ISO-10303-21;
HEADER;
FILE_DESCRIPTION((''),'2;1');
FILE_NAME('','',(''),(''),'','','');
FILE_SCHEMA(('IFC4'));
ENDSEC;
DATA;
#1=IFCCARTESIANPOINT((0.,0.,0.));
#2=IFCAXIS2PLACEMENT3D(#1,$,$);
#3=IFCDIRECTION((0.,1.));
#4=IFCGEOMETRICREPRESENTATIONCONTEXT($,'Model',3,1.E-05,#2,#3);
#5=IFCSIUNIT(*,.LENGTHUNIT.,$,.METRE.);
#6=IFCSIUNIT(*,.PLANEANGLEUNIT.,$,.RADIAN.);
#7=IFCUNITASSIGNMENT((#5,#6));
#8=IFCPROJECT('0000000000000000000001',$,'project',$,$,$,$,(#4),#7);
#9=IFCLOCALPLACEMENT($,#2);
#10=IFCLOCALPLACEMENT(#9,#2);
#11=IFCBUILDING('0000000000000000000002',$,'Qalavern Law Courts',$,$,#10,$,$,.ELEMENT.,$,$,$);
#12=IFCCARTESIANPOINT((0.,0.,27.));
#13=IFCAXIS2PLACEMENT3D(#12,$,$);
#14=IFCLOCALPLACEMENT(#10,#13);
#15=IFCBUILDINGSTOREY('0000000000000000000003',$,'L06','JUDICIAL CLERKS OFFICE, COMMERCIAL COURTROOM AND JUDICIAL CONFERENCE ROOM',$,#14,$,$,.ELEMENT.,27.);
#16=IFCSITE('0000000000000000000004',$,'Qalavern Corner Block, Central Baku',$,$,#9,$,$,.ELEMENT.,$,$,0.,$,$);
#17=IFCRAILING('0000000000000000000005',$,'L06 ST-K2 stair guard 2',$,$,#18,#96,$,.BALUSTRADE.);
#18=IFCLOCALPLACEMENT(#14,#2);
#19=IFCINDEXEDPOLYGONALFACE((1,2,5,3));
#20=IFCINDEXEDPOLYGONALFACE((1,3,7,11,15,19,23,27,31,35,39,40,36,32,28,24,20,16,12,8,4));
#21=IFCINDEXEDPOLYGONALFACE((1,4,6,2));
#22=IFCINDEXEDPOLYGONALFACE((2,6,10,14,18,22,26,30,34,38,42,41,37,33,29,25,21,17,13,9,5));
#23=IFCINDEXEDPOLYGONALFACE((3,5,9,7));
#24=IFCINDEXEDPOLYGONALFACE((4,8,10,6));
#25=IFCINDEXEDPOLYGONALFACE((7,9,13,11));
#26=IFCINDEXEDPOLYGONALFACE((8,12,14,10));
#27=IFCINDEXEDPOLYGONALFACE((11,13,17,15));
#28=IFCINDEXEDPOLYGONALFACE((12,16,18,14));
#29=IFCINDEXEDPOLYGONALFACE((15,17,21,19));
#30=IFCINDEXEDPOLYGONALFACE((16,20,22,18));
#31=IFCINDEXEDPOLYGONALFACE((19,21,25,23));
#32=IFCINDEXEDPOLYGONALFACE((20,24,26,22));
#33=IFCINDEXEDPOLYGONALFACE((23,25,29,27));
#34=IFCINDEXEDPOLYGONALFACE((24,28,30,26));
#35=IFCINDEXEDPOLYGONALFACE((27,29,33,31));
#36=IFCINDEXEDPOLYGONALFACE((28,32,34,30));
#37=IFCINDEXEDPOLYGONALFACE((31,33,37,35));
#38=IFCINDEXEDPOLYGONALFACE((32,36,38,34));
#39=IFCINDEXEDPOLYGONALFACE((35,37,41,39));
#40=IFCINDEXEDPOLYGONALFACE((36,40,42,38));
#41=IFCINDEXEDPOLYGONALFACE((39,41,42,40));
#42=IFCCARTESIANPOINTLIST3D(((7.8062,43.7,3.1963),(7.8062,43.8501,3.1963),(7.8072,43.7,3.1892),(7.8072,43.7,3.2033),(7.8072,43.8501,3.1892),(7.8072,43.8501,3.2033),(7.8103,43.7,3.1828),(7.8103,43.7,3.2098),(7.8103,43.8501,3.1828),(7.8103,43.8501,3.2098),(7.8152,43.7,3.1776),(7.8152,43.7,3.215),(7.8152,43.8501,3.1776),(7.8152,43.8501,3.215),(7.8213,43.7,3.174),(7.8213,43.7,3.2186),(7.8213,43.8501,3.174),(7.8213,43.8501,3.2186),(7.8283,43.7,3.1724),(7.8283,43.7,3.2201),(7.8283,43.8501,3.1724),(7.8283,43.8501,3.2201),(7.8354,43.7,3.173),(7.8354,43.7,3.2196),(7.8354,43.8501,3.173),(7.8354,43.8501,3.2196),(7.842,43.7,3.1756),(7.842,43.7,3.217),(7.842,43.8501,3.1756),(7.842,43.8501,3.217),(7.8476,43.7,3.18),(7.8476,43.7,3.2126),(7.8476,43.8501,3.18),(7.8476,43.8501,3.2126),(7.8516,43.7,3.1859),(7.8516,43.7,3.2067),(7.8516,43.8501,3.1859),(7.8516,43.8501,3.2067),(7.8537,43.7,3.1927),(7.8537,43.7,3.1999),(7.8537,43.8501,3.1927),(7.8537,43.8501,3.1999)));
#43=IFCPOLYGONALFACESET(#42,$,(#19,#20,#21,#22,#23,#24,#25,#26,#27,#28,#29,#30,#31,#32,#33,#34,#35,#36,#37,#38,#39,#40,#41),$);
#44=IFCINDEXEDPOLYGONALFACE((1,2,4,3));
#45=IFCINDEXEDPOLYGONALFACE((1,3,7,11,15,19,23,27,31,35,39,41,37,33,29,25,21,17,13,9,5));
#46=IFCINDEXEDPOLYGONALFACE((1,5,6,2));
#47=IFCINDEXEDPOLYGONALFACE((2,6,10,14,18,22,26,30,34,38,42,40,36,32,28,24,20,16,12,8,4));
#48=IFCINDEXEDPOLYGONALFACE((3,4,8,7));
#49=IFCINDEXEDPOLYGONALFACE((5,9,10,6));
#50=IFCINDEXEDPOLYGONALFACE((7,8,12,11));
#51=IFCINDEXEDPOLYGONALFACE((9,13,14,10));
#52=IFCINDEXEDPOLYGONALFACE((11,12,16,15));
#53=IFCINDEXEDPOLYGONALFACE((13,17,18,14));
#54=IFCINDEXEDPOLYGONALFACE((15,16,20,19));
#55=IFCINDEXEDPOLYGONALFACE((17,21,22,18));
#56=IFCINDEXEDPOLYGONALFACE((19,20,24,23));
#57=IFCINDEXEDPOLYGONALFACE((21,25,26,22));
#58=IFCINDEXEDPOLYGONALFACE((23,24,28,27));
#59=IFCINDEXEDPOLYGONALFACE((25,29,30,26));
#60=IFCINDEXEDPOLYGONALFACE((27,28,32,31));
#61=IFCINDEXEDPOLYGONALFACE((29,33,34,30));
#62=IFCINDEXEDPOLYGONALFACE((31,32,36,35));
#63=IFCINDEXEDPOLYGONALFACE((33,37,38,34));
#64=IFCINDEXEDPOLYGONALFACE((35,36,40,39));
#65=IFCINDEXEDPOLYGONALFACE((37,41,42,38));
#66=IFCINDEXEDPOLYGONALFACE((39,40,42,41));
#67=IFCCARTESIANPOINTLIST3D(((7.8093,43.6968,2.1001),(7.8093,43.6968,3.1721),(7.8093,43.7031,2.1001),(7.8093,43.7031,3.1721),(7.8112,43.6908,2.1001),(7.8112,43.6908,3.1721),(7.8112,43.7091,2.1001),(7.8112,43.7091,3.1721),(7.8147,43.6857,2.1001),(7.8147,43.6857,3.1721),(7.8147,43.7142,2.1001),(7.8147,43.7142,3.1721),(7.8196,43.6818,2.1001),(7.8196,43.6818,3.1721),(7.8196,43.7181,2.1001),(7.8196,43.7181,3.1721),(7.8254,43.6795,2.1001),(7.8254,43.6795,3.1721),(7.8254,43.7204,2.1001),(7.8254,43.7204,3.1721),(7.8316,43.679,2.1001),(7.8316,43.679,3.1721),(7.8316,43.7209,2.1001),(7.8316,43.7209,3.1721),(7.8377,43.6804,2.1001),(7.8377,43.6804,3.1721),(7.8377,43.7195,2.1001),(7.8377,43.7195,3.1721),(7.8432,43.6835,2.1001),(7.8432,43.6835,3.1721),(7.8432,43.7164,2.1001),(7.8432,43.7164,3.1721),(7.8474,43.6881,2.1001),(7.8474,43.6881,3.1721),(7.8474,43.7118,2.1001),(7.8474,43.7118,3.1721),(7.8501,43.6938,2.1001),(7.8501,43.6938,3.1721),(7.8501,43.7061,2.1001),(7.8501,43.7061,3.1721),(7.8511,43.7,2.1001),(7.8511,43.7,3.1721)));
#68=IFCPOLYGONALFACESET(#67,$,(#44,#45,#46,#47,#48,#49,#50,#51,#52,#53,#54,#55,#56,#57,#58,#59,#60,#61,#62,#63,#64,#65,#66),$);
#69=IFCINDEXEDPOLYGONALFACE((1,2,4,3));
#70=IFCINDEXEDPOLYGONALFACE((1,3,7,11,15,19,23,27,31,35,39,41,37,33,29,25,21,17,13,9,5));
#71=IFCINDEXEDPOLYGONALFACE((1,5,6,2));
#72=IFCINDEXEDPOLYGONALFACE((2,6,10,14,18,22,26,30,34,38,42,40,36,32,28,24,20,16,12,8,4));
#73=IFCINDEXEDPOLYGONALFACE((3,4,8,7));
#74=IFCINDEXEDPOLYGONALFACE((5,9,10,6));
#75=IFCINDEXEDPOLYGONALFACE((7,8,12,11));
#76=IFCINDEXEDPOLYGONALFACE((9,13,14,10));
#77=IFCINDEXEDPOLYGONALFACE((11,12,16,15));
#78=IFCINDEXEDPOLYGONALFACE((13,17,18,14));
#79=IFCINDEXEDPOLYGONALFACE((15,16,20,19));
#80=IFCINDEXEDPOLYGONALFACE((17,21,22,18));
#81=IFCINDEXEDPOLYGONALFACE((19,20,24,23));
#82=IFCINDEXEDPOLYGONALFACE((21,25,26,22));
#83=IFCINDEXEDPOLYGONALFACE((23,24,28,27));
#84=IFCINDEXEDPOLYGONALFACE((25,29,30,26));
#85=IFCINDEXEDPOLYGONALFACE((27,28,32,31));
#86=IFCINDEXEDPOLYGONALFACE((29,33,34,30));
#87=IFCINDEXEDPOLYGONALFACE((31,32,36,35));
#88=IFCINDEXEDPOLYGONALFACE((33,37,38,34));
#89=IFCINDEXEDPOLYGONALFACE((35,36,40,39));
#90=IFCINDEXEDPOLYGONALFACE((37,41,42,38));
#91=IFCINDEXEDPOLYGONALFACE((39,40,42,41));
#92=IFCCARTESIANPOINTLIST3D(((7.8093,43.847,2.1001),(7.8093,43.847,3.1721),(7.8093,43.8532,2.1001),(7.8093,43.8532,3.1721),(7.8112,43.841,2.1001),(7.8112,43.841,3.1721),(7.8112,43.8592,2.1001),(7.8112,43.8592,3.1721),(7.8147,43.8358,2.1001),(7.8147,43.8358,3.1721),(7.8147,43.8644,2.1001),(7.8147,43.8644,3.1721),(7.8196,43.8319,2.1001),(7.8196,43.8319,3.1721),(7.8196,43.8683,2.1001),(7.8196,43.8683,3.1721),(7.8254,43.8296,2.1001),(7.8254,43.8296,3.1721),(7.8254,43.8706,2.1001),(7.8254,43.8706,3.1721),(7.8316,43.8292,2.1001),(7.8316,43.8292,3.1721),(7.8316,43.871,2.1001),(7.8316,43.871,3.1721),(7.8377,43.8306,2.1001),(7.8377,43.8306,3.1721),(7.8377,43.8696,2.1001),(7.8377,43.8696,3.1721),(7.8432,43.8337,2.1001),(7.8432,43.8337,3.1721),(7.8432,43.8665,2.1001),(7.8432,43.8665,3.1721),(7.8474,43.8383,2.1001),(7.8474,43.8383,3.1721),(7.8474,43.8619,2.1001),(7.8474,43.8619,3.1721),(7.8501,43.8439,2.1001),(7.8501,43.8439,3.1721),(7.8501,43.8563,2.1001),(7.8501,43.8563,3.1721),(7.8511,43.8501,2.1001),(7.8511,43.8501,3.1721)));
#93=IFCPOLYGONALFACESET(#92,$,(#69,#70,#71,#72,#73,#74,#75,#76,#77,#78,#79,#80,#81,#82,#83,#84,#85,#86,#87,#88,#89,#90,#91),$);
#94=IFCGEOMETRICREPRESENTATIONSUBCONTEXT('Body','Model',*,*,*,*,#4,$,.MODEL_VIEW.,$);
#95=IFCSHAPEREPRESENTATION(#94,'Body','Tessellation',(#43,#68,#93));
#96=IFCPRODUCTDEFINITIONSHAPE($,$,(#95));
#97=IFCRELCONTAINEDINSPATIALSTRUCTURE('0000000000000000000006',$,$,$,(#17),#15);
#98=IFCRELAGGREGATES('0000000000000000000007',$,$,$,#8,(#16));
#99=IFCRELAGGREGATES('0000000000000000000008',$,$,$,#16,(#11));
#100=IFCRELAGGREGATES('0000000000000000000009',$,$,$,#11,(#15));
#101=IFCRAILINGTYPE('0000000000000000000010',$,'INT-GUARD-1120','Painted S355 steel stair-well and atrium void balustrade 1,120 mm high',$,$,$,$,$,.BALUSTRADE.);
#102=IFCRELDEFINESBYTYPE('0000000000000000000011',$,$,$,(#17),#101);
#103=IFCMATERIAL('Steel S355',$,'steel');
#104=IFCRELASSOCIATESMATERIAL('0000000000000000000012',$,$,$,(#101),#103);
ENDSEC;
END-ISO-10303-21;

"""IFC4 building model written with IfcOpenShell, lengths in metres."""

from ifc_helpers import new_model, si_unit, direction, frame, origin, origin_2d, place, context, subcontext, project, spatial, circle, extrude, material, type_object, element, save


model = new_model("IFC4")

# Units and contexts
model_context = context("Model", 3, precision=1e-05, world=origin(), true_north=direction((0.0, 1.0)))
body_context = subcontext(model_context, "Body", "Model", "MODEL_VIEW")
ifc_project = project(units=[si_unit("LENGTHUNIT", "METRE"), si_unit("PLANEANGLEUNIT", "RADIAN")], contexts=[model_context])

# Site, building, storey
site_placement = place(None, origin())
site = spatial("IfcSite", under=ifc_project, at=site_placement, Name="Qalavern Corner Block, Central Baku", CompositionType="ELEMENT", RefElevation=0.0)
building_placement = place(site_placement, origin())
building = spatial("IfcBuilding", under=site, at=building_placement, Name="Qalavern Law Courts", CompositionType="ELEMENT")
storey_placement = place(building_placement, frame((0.0, 0.0, 27.0)))
storey = spatial("IfcBuildingStorey", under=building, at=storey_placement, Name="L06", Description="JUDICIAL CLERKS OFFICE, COMMERCIAL COURTROOM AND JUDICIAL CONFERENCE ROOM", CompositionType="ELEMENT", Elevation=27.0)

# Shared definitions
ifc_material_1 = material(Name="Steel S355", Category="steel")

# Railing
railing_type_1 = type_object("IfcRailingType", Name="INT-GUARD-1120", Description="Painted S355 steel stair-well and atrium void balustrade 1,120 mm high", PredefinedType="BALUSTRADE", material=ifc_material_1)
railing_1_placement = place(storey_placement, frame((7.8301, 43.7, 2.1001)))
element("IfcRailing", 1, at=railing_1_placement, inside=storey, type_object=railing_type_1, Name="L06 ST-K2 stair guard 2", PredefinedType="BALUSTRADE", context=body_context, shape_type="SweptSolid", body=[
    extrude(circle(Radius=0.0239, at=origin_2d()), frame((0.0, 0.0, 1.0962), z_axis=(0.0, 1.0, 0.0), x_axis=(-1.0, 0.0, 0.0)), (0.0, 0.0, 1.0), 0.1501),
    extrude(circle(Radius=0.021, at=origin_2d()), origin(), (0.0, 0.0, 1.0), 1.072),
    extrude(circle(Radius=0.021, at=origin_2d()), frame((0.0, 0.1501, 0.0)), (0.0, 0.0, 1.0), 1.072),
])

save(model, "model.ifc")
